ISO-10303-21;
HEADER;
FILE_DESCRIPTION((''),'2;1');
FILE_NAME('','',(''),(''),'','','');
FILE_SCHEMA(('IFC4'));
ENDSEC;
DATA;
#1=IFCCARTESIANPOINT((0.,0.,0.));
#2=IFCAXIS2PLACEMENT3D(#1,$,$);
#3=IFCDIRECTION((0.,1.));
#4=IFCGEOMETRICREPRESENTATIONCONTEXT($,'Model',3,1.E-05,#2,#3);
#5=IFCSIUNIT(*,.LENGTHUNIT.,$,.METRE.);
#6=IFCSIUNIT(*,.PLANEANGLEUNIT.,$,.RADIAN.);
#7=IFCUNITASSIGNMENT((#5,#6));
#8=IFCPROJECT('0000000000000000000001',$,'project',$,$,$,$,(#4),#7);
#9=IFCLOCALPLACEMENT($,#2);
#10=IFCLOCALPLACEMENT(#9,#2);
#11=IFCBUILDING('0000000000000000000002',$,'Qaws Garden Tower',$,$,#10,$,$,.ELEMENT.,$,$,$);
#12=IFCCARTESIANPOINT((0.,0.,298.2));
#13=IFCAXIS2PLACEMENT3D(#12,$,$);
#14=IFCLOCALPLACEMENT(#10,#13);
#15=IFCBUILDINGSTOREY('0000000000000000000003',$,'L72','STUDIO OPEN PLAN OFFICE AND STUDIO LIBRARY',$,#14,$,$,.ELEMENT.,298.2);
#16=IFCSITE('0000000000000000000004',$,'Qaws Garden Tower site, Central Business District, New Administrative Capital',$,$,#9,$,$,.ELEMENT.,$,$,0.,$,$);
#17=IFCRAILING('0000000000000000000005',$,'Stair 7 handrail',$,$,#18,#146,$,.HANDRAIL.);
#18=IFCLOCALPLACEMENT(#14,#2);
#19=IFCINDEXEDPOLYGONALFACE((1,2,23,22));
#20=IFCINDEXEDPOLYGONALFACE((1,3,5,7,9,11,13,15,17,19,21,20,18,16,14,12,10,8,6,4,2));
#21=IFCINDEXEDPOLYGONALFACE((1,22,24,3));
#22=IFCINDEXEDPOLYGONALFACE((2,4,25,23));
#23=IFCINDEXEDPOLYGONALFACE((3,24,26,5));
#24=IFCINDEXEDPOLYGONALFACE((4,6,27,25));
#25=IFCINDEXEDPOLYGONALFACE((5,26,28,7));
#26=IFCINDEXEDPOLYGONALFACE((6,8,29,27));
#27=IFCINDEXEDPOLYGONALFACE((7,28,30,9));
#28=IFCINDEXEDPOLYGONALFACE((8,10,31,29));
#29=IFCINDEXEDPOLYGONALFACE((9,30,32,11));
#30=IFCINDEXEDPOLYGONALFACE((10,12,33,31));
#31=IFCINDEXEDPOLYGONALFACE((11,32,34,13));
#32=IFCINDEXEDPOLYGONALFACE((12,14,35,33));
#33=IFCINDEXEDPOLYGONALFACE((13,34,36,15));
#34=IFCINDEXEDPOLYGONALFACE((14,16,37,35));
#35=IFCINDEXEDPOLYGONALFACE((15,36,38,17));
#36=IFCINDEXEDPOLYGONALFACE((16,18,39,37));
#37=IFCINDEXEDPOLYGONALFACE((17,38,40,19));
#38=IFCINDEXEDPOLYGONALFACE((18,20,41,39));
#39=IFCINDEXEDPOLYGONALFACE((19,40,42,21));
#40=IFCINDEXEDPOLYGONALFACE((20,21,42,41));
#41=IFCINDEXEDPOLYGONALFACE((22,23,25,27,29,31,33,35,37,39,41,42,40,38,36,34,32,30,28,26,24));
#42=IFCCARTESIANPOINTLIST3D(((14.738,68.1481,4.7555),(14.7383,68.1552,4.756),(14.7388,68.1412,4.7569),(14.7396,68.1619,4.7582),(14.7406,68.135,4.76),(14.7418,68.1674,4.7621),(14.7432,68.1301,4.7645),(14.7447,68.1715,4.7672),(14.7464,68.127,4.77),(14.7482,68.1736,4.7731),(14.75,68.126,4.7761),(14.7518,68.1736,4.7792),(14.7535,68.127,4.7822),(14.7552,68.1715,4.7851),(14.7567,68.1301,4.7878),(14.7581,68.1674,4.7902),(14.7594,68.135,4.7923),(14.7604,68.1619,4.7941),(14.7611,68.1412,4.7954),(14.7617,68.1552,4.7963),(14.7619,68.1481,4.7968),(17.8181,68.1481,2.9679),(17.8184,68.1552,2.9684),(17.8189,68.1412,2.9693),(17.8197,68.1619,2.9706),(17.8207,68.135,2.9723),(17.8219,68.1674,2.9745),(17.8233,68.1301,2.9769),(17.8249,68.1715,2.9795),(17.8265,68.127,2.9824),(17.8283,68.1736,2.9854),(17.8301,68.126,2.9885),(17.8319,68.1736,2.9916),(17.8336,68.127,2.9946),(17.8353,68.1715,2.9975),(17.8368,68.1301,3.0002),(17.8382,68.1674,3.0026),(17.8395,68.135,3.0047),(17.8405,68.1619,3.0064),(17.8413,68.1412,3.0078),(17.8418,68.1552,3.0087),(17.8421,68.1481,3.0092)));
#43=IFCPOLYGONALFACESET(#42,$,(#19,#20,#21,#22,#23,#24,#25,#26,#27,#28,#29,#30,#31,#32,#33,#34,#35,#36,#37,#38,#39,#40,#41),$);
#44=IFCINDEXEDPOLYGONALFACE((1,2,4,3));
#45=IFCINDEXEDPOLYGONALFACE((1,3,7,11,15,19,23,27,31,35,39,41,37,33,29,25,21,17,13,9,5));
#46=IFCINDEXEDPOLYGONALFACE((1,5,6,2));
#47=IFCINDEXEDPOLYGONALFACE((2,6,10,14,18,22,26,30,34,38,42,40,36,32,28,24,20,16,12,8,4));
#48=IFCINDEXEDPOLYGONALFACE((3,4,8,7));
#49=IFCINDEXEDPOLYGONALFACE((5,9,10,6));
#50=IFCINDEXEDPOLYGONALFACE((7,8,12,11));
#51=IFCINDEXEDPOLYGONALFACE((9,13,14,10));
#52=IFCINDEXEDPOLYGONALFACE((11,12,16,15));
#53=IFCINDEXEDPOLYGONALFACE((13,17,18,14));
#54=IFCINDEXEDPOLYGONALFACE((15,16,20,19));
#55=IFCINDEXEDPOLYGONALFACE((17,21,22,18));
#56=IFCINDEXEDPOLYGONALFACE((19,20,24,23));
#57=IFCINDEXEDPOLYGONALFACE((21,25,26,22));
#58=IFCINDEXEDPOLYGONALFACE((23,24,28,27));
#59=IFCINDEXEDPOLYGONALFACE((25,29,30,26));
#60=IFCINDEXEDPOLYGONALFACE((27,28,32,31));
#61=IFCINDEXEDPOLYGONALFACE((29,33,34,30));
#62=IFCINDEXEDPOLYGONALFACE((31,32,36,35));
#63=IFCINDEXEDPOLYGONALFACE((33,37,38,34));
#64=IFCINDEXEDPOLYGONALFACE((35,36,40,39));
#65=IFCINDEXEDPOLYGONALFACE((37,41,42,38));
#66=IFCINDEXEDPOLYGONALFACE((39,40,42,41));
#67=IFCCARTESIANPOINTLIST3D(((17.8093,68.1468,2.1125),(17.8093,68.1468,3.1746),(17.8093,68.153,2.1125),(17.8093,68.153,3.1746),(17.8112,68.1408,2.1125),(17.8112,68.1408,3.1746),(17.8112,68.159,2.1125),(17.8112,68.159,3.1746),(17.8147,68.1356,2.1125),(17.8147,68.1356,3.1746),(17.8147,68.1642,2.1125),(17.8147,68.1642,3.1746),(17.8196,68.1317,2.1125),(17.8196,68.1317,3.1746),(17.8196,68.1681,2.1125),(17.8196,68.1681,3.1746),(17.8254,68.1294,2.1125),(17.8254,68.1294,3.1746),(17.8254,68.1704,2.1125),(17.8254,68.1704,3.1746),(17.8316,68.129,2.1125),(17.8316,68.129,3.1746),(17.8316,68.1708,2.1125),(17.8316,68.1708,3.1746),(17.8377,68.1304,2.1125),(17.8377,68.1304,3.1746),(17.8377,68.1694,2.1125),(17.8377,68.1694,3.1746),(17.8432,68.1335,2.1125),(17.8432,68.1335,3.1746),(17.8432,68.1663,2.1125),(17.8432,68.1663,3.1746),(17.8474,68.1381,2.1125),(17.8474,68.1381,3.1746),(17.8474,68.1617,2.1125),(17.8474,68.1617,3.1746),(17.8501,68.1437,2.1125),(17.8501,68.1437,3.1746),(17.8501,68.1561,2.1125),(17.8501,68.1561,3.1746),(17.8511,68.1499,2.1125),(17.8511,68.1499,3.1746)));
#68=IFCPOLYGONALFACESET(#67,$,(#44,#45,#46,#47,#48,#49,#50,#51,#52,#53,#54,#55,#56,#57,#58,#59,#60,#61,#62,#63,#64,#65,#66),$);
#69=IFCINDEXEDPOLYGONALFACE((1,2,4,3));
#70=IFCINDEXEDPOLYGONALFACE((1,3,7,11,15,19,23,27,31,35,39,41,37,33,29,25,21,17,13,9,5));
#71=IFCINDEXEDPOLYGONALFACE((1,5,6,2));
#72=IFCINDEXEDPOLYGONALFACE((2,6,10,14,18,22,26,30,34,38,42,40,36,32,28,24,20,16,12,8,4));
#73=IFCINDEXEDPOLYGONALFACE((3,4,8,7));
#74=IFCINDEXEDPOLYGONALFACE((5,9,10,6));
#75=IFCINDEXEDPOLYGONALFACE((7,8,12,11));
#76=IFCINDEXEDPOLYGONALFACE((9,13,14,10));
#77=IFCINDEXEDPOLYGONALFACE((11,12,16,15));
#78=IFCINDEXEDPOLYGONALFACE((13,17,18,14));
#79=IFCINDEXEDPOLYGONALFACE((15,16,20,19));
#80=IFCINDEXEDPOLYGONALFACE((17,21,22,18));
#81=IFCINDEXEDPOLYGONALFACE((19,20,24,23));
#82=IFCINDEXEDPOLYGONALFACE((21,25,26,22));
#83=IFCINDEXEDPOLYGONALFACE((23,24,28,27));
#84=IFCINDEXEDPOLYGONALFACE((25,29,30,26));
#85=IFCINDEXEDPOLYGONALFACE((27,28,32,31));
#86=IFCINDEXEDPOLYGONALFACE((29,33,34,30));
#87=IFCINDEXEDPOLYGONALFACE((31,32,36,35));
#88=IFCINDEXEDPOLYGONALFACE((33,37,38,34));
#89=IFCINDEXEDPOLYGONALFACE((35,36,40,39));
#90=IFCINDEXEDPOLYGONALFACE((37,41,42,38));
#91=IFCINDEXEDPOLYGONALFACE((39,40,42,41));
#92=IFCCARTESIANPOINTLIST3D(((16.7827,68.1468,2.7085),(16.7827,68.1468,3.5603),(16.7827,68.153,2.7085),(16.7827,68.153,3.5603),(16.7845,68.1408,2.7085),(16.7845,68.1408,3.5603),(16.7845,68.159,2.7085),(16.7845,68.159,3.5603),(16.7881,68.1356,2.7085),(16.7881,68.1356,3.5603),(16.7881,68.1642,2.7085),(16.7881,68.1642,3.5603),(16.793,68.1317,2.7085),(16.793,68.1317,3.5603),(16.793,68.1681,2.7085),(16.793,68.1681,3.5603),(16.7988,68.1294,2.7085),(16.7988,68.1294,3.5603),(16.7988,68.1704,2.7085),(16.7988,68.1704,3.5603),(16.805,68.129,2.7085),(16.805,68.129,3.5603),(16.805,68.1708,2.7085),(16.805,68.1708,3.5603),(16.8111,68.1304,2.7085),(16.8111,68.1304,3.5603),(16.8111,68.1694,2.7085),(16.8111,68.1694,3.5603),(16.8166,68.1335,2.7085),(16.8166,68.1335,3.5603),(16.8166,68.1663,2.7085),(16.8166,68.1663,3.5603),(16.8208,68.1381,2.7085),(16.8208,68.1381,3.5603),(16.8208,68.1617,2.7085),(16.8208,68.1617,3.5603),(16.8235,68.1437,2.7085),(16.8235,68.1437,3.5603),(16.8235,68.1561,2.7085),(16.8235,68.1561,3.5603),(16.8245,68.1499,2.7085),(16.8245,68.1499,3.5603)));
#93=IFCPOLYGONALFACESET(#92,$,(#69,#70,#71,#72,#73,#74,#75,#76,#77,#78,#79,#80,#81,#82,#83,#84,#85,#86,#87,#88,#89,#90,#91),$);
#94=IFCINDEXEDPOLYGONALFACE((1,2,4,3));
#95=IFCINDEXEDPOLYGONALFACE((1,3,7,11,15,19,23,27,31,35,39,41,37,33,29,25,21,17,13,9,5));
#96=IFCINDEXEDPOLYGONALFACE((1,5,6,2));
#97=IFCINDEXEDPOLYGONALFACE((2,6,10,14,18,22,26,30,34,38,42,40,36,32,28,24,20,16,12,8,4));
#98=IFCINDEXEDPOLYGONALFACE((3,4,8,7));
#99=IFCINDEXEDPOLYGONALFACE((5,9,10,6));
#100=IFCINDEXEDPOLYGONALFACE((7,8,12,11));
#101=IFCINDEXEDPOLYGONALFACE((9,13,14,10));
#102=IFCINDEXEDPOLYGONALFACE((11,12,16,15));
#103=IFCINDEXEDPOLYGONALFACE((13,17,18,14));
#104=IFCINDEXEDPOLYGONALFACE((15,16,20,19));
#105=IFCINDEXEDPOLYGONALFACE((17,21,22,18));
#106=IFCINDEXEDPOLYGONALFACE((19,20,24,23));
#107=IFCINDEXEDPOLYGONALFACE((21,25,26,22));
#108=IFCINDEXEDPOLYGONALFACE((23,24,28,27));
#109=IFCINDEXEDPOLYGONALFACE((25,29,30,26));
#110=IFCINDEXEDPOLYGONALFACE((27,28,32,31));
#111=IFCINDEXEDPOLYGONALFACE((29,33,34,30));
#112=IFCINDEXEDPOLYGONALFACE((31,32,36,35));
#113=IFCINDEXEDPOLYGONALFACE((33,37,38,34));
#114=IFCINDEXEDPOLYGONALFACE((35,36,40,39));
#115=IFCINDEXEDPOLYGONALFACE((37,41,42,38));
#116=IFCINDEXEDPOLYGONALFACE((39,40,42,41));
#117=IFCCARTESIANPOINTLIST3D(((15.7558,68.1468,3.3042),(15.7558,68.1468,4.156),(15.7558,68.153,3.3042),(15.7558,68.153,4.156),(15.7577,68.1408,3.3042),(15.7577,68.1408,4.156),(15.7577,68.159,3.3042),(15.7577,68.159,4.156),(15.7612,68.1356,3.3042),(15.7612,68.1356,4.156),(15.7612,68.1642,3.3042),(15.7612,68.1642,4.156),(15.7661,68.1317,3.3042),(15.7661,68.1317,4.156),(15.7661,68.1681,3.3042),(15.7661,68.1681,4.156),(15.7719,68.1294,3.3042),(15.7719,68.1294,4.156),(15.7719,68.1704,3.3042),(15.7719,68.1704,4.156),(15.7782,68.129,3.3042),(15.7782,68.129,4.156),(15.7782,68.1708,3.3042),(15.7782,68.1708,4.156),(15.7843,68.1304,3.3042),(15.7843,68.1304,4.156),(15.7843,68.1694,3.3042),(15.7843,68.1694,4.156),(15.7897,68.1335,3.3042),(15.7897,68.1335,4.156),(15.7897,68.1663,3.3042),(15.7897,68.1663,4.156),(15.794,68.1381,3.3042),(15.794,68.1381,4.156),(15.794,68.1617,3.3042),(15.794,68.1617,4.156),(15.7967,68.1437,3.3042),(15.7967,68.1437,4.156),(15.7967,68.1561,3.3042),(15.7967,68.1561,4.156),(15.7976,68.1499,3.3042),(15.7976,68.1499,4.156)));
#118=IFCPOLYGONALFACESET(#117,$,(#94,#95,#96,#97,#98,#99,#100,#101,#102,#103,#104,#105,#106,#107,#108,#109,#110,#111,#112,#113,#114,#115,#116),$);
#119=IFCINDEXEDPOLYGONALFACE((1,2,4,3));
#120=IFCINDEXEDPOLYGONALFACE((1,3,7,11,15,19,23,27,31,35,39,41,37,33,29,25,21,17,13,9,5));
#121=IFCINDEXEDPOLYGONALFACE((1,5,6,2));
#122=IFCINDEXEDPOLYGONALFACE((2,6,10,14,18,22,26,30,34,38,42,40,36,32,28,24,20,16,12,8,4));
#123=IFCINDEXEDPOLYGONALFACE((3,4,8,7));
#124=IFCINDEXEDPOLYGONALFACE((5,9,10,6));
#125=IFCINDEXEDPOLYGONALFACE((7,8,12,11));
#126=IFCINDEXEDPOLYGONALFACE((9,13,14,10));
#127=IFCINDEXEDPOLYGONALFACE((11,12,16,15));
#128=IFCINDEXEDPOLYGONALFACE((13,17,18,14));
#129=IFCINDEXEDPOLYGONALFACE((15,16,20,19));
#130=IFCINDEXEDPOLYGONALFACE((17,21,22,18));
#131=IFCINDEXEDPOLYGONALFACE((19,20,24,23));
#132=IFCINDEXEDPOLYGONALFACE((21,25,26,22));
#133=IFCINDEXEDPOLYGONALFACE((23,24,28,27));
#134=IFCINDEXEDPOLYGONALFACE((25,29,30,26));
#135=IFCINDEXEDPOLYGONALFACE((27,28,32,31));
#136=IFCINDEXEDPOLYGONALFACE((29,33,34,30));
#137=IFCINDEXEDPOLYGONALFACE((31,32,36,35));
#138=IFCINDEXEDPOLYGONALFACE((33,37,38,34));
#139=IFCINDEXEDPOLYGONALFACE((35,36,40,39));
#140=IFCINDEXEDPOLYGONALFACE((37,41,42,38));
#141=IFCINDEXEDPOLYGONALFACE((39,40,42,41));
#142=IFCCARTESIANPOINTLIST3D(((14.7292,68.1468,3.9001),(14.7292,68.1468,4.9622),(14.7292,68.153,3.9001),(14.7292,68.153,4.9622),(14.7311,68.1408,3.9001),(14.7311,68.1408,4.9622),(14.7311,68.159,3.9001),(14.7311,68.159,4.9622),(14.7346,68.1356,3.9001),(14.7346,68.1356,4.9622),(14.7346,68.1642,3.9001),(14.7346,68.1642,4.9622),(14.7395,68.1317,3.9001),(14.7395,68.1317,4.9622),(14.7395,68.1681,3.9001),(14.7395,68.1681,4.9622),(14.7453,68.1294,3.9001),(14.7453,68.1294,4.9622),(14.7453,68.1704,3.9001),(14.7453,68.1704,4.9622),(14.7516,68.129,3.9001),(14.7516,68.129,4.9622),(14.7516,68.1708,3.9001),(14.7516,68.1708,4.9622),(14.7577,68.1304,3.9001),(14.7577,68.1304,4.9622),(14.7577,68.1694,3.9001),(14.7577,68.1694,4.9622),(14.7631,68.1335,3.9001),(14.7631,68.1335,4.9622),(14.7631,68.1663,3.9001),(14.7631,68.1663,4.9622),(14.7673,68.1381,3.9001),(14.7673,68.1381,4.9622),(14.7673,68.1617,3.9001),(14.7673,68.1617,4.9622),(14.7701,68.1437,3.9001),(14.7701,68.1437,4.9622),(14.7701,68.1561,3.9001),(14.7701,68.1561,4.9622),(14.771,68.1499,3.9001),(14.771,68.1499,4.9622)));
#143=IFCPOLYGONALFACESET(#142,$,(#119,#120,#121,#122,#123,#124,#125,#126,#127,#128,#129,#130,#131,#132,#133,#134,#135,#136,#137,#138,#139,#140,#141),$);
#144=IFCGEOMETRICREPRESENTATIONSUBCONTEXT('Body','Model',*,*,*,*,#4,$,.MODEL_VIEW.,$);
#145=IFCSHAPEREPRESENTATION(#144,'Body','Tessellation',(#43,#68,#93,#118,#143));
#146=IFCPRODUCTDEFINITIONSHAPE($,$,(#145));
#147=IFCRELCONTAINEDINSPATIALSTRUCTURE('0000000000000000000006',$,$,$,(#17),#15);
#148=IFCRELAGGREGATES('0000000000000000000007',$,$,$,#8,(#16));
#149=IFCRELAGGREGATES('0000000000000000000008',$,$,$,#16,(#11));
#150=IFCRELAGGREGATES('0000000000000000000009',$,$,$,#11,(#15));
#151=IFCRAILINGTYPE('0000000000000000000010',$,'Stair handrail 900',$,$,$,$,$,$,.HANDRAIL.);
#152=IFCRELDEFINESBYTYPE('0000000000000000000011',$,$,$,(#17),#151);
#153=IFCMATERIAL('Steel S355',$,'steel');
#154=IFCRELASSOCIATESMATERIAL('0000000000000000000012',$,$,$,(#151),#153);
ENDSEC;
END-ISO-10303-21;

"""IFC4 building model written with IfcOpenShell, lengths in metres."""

from ifc_helpers import new_model, si_unit, direction, frame, origin, origin_2d, place, context, subcontext, project, spatial, circle, extrude, material, type_object, element, save


model = new_model("IFC4")

# Units and contexts
model_context = context("Model", 3, precision=1e-05, world=origin(), true_north=direction((0.0, 1.0)))
body_context = subcontext(model_context, "Body", "Model", "MODEL_VIEW")
ifc_project = project(units=[si_unit("LENGTHUNIT", "METRE"), si_unit("PLANEANGLEUNIT", "RADIAN")], contexts=[model_context])

# Site, building, storey
site_placement = place(None, origin())
site = spatial("IfcSite", under=ifc_project, at=site_placement, Name="Qaws Garden Tower site, Central Business District, New Administrative Capital", CompositionType="ELEMENT", RefElevation=0.0)
building_placement = place(site_placement, origin())
building = spatial("IfcBuilding", under=site, at=building_placement, Name="Qaws Garden Tower", CompositionType="ELEMENT")
storey_placement = place(building_placement, frame((0.0, 0.0, 298.2)))
storey = spatial("IfcBuildingStorey", under=building, at=storey_placement, Name="L72", Description="STUDIO OPEN PLAN OFFICE AND STUDIO LIBRARY", CompositionType="ELEMENT", Elevation=298.2)

# Railing
ifc_material_1 = material(Name="Steel S355", Category="steel")
railing_type = type_object("IfcRailingType", Name="Stair handrail 900", PredefinedType="HANDRAIL", material=ifc_material_1)
railing_1_placement = place(storey_placement, frame((17.8301, 68.1499, 2.1125)))
element("IfcRailing", 1, at=railing_1_placement, inside=storey, type_object=railing_type, Name="Stair 7 handrail", PredefinedType="HANDRAIL", context=body_context, shape_type="SweptSolid", body=[
    extrude(circle(Radius=0.0239, at=origin_2d()), frame((0.0, 0.0, 0.876), z_axis=(-0.864891, 0.0, 0.50196), x_axis=(0.0, -1.0, 0.0)), (0.0, 0.0, 1.0), 3.5613),
    extrude(circle(Radius=0.021, at=origin_2d()), origin(), (0.0, 0.0, 1.0), 1.062),
    extrude(circle(Radius=0.021, at=origin_2d()), frame((-1.0266, 0.0, 0.5959)), (0.0, 0.0, 1.0), 0.8518),
    extrude(circle(Radius=0.021, at=origin_2d()), frame((-2.0535, 0.0, 1.1917)), (0.0, 0.0, 1.0), 0.8518),
    extrude(circle(Radius=0.021, at=origin_2d()), frame((-3.0801, 0.0, 1.7876)), (0.0, 0.0, 1.0), 1.062),
])

save(model, "model.ifc")
